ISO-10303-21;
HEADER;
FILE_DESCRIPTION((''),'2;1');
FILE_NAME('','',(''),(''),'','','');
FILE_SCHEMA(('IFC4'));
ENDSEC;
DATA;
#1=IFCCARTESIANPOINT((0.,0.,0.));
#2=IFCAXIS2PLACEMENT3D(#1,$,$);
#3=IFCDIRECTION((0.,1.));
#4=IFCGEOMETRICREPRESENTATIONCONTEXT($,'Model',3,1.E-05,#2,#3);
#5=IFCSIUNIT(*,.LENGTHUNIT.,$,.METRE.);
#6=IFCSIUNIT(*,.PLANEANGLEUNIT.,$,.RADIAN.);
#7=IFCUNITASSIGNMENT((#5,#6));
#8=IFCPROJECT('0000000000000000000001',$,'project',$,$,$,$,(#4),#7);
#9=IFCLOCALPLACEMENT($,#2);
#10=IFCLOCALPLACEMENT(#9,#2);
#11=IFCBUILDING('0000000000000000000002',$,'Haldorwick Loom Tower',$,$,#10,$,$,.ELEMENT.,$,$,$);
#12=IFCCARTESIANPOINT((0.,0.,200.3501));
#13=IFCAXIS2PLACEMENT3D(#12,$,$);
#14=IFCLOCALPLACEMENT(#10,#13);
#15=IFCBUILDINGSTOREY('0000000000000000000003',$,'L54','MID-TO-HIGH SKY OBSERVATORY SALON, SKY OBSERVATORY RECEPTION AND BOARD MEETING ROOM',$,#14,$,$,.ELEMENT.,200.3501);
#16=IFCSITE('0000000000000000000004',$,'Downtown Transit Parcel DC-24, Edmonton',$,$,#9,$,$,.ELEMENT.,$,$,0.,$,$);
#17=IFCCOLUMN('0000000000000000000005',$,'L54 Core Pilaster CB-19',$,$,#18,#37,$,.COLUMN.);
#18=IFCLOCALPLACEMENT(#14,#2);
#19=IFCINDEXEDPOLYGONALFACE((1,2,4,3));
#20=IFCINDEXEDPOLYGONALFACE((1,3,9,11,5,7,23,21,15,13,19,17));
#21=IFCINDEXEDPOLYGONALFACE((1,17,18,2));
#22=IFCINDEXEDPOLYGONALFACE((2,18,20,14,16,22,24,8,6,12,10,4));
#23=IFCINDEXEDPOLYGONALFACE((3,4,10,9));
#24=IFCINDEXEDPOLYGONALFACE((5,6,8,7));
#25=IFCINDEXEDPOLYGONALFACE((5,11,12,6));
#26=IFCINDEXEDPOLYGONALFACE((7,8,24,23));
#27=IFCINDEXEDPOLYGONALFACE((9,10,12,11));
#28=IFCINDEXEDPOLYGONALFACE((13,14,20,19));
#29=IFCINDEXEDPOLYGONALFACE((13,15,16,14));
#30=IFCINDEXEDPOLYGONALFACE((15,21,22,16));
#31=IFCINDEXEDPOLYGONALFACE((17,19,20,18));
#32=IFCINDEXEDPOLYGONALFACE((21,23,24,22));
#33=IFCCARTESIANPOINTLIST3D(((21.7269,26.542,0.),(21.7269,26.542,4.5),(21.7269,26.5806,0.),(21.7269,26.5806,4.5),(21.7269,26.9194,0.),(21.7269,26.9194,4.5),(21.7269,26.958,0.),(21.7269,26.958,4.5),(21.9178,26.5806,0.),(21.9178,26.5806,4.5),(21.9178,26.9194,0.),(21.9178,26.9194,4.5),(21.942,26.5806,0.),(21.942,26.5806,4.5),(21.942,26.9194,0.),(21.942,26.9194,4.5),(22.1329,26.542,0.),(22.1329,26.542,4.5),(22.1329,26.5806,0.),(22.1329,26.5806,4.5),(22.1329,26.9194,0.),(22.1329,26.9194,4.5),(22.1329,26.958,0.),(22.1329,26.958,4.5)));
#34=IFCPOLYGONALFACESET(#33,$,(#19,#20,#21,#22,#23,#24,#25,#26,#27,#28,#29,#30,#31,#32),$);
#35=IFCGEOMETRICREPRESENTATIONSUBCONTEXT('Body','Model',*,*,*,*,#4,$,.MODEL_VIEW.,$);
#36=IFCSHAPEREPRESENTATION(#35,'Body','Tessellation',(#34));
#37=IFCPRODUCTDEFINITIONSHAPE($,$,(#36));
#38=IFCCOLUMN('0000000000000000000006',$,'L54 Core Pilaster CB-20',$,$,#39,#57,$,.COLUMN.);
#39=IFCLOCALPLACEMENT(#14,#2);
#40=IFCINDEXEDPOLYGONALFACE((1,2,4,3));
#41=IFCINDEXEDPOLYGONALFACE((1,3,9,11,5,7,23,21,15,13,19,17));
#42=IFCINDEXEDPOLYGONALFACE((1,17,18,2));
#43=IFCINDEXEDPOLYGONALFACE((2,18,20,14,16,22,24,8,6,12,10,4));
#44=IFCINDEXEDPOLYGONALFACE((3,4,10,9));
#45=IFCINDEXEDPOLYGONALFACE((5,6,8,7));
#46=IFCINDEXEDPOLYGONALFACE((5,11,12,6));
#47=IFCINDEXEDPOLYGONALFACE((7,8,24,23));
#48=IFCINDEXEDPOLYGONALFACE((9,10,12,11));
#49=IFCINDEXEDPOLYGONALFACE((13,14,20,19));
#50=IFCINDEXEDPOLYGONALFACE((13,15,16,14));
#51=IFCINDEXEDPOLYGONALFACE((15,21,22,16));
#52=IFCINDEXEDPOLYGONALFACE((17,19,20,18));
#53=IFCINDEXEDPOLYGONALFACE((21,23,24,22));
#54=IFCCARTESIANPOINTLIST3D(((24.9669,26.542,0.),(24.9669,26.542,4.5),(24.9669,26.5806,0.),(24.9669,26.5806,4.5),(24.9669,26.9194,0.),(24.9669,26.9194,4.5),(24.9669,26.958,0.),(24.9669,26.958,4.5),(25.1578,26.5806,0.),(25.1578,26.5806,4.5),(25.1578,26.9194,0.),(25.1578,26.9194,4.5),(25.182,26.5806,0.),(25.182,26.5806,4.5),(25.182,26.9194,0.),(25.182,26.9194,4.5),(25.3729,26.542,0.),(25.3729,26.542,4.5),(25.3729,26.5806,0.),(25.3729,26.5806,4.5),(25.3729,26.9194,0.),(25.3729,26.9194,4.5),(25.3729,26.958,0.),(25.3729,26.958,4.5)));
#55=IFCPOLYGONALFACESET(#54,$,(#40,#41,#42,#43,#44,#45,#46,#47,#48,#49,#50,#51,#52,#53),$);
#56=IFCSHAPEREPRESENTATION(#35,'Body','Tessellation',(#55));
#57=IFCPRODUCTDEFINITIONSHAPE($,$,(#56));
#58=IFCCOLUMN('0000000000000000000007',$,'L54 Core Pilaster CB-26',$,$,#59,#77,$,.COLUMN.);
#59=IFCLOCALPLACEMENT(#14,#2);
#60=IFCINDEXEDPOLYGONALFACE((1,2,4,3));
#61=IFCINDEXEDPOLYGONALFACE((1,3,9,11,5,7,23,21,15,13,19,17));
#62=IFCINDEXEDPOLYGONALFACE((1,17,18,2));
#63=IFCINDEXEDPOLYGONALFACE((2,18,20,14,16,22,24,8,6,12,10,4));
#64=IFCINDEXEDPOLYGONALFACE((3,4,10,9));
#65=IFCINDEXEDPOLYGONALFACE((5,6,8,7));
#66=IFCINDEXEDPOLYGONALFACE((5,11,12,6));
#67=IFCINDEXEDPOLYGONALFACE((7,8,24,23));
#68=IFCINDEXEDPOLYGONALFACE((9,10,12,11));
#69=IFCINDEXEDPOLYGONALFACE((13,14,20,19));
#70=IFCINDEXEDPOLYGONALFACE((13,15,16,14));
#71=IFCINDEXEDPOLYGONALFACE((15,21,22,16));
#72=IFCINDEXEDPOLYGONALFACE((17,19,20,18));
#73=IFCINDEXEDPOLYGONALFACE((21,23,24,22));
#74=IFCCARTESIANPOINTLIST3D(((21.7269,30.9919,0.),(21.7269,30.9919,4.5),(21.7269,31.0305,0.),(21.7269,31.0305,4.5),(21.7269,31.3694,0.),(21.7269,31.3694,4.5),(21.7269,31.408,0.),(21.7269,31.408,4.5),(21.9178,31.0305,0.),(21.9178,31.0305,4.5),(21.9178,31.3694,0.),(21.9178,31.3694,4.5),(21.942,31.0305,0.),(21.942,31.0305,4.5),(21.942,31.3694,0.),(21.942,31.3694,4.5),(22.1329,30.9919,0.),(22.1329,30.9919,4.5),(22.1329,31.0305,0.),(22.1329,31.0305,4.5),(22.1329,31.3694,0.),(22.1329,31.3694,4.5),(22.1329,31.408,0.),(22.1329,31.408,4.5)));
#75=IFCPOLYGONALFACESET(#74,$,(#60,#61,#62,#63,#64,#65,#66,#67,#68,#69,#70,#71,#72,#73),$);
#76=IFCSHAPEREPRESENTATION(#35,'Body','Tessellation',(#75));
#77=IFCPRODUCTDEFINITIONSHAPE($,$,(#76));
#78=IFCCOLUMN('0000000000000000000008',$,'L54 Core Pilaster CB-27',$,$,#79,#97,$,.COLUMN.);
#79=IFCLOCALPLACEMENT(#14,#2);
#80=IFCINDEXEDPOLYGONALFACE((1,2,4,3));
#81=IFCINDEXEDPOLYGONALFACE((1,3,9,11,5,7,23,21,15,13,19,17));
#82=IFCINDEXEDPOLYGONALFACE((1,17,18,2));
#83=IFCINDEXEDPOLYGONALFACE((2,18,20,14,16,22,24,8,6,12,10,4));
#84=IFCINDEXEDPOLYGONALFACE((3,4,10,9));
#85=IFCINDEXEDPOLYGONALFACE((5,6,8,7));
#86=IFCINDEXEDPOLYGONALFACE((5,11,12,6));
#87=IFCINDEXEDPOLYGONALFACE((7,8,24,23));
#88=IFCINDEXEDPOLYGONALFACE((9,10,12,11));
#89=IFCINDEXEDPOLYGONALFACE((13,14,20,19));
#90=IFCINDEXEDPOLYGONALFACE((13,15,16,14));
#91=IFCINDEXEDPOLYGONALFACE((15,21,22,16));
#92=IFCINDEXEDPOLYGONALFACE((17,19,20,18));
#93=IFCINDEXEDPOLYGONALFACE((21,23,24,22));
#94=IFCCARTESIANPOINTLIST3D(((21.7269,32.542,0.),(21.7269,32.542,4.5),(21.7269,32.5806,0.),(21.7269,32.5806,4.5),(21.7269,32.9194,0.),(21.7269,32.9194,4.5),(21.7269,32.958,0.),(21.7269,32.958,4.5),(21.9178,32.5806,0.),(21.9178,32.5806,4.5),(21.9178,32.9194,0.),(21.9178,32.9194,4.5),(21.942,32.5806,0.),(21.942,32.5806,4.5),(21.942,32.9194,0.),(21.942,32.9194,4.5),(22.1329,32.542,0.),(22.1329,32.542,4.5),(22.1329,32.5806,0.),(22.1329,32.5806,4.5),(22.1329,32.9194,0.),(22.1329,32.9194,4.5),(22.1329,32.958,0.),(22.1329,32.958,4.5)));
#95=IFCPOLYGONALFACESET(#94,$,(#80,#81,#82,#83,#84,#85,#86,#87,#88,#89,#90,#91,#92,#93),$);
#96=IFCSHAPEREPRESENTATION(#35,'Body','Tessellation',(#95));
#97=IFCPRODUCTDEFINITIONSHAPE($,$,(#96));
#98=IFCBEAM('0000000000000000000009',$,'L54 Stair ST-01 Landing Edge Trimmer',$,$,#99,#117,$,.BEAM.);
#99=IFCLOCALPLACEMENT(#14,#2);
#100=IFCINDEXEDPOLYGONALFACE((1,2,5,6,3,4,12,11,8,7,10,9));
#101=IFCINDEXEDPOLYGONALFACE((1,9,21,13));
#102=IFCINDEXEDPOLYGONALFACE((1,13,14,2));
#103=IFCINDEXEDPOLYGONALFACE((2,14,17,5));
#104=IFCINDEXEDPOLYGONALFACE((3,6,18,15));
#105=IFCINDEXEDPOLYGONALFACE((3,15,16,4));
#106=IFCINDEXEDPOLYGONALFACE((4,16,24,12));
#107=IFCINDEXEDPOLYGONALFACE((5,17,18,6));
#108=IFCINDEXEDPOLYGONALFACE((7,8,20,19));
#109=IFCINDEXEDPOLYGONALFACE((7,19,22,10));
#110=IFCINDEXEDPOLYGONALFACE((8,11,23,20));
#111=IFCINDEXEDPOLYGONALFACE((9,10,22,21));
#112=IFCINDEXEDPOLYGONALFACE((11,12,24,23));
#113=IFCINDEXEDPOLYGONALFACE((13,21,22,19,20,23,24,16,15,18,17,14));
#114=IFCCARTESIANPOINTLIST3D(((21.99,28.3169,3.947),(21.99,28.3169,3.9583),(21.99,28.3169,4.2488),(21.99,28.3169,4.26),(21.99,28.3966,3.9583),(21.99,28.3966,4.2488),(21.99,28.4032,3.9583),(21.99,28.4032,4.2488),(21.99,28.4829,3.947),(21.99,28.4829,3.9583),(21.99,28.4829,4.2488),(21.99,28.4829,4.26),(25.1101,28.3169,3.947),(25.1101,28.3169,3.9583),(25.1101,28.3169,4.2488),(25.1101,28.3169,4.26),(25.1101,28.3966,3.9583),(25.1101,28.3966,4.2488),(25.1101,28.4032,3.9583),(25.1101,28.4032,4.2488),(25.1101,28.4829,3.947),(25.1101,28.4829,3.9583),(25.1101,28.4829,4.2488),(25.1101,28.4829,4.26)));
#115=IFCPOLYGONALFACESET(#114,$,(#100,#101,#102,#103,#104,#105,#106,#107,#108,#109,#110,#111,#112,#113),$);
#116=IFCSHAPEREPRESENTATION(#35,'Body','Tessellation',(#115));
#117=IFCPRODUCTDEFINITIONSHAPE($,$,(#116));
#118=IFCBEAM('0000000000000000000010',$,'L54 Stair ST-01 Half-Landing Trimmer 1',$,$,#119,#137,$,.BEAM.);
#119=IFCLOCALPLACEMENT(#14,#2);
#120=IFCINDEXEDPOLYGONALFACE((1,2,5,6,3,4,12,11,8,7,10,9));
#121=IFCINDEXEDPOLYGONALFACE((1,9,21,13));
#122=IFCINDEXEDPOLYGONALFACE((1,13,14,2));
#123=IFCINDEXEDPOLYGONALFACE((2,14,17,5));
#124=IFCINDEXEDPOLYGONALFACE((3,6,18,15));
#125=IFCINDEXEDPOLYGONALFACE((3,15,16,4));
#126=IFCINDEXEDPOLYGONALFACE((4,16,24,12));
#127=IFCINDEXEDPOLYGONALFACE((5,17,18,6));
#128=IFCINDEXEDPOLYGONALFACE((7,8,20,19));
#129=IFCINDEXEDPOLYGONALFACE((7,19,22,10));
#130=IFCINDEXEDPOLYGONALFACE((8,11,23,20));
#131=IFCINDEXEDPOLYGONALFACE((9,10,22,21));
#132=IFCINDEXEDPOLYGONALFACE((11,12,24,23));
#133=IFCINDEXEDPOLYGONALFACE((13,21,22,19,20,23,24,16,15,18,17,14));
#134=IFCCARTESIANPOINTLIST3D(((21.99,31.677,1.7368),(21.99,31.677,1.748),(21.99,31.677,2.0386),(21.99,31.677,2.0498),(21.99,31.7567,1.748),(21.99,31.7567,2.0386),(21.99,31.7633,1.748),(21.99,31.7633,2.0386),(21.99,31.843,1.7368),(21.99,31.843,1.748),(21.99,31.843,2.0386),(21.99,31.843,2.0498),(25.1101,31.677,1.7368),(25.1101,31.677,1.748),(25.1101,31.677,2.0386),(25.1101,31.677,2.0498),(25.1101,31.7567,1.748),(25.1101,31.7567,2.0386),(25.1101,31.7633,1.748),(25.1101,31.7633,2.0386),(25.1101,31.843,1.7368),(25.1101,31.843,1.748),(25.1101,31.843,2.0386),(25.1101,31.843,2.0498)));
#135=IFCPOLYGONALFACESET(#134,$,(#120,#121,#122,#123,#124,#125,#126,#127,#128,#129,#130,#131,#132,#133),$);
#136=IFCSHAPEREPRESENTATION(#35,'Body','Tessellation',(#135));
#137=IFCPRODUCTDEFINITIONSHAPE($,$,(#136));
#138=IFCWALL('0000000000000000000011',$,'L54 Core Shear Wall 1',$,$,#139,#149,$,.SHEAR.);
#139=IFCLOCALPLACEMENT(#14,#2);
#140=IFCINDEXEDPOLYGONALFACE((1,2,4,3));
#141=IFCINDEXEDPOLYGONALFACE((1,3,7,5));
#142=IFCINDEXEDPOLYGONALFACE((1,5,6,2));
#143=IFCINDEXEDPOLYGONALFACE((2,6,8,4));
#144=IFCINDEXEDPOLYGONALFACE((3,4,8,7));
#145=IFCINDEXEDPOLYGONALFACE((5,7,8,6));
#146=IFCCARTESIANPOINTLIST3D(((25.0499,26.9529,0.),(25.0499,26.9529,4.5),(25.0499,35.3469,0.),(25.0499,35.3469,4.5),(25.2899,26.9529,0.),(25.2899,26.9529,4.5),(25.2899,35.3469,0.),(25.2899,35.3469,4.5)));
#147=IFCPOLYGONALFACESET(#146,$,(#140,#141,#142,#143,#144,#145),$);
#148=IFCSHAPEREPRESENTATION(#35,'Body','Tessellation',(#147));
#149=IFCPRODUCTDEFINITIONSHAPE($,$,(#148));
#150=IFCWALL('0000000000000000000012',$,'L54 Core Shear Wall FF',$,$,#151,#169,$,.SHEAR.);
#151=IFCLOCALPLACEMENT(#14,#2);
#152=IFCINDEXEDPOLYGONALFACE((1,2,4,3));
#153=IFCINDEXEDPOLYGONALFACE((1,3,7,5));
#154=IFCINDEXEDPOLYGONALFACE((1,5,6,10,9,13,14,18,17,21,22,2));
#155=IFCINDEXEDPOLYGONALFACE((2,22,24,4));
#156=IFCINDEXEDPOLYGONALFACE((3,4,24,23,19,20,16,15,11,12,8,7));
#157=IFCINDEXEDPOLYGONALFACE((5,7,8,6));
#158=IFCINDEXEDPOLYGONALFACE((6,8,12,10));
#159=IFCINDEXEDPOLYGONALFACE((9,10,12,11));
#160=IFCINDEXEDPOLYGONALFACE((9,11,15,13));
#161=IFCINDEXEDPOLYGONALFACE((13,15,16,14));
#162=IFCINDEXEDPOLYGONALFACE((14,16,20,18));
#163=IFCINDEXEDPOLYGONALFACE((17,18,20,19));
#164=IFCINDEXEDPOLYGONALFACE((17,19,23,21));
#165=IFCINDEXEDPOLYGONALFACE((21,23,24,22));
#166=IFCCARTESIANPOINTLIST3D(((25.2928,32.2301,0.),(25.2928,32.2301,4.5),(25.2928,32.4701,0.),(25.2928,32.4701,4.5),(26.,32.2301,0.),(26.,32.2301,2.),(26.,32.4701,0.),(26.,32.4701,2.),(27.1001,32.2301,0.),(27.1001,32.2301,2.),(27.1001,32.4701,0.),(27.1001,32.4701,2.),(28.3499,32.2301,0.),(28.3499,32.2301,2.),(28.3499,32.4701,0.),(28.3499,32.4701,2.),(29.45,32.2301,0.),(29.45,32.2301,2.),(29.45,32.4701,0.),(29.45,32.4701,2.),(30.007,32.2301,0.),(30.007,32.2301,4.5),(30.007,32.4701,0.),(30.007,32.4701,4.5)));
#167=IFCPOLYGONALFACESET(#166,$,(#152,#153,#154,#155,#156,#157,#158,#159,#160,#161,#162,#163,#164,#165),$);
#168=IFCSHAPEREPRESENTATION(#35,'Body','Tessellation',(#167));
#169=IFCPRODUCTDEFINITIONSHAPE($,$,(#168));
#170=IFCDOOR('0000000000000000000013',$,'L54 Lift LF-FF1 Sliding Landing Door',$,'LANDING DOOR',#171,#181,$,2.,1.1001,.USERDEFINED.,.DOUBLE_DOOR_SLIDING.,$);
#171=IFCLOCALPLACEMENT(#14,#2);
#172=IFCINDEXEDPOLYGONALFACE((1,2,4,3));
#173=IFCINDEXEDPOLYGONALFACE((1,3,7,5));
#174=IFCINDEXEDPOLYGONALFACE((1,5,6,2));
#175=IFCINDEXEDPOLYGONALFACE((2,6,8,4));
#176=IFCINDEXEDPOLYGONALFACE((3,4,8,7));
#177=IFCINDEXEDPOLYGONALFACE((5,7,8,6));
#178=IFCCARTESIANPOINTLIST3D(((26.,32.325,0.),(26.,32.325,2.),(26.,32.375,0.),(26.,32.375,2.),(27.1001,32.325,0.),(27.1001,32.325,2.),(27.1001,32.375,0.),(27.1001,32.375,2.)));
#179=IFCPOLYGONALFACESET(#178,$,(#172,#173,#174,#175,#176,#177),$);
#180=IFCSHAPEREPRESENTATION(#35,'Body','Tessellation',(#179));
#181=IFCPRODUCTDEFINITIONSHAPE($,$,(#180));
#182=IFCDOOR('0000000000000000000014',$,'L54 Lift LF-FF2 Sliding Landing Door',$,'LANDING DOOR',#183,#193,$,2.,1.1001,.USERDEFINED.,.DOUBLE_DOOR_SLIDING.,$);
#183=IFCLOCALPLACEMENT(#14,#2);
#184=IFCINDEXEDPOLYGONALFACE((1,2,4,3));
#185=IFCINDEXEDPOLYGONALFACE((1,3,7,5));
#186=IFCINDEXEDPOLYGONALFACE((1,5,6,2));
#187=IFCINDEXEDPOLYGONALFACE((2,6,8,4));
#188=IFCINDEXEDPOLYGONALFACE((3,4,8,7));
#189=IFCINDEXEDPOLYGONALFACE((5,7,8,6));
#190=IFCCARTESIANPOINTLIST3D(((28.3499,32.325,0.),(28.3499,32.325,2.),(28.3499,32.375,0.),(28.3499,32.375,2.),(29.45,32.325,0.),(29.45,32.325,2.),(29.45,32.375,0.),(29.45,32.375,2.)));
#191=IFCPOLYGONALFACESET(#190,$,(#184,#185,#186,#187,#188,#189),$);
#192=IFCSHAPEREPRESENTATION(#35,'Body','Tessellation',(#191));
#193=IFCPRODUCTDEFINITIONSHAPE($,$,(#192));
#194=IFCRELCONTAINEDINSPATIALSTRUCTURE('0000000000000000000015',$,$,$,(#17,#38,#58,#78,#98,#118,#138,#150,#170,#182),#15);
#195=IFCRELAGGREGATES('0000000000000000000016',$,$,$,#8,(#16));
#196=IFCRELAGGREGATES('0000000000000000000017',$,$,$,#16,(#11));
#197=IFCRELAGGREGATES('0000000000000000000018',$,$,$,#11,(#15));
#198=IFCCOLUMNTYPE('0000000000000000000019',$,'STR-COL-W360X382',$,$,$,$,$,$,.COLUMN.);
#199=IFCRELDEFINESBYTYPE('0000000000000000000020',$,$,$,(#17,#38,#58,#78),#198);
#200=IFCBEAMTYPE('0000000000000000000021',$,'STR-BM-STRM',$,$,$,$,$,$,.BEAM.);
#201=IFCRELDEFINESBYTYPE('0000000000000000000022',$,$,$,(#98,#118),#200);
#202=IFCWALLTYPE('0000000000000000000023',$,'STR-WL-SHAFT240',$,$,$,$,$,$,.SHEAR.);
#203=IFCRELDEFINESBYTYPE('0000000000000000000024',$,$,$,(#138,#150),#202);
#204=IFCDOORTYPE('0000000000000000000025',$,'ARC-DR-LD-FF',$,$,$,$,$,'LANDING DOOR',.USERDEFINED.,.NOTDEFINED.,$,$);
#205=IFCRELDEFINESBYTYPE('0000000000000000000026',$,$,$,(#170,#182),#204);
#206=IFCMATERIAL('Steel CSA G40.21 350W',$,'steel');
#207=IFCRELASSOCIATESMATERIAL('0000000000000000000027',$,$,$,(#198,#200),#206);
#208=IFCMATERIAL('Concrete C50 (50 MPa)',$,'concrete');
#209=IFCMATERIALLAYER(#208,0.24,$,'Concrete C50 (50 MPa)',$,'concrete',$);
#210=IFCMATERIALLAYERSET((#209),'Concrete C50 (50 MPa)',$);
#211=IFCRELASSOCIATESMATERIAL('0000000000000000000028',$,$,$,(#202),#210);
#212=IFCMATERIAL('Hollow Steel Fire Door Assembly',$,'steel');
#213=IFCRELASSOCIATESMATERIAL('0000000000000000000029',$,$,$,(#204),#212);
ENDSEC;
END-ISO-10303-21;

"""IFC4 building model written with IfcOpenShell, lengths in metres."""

from ifc_helpers import new_model, si_unit, direction, frame, frame_2d, origin, origin_2d, place, context, subcontext, project, spatial, rectangle, i_section, extrude, material, layer, layer_set, material_profile, profile_set, type_object, element, fill, save


model = new_model("IFC4")

# Units and contexts
model_context = context("Model", 3, precision=1e-05, world=origin(), true_north=direction((0.0, 1.0)))
body_context = subcontext(model_context, "Body", "Model", "MODEL_VIEW")
ifc_project = project(units=[si_unit("LENGTHUNIT", "METRE"), si_unit("PLANEANGLEUNIT", "RADIAN")], contexts=[model_context])

# Site, building, storey
site_placement = place(None, origin())
site = spatial("IfcSite", under=ifc_project, at=site_placement, Name="Downtown Transit Parcel DC-24, Edmonton", CompositionType="ELEMENT", RefElevation=0.0)
building_placement = place(site_placement, origin())
building = spatial("IfcBuilding", under=site, at=building_placement, Name="Haldorwick Loom Tower", CompositionType="ELEMENT")
storey_placement = place(building_placement, frame((0.0, 0.0, 200.3501)))
storey = spatial("IfcBuildingStorey", under=building, at=storey_placement, Name="L54", Description="MID-TO-HIGH SKY OBSERVATORY SALON, SKY OBSERVATORY RECEPTION AND BOARD MEETING ROOM", CompositionType="ELEMENT", Elevation=200.3501)

# Columns
ifc_material_1 = material(Name="Steel CSA G40.21 350W", Category="steel")
ifc_material_profile_1 = material_profile(ifc_material_1, i_section(OverallWidth=0.406, OverallDepth=0.416, WebThickness=0.0242, FlangeThickness=0.0386, at=origin_2d()), Name="W360X382", Category="steel")
ifc_profile_set_1 = profile_set([ifc_material_profile_1], Name="Steel CSA G40.21 350W")
column_type = type_object("IfcColumnType", Name="STR-COL-W360X382", PredefinedType="COLUMN", material=ifc_profile_set_1)
for number, where, z_axis, x_axis, name in (
    (1, (21.9299, 26.75, 0.0), (0.0, 0.0, 1.0), (1.0, 0.0, 0.0), "L54 Core Pilaster CB-19"),
    (2, (25.1699, 26.75, 0.0), (0.0, 0.0, 1.0), (1.0, 0.0, 0.0), "L54 Core Pilaster CB-20"),
    (3, (21.9299, 31.2, 0.0), (0.0, 0.0, 1.0), (1.0, 0.0, 0.0), "L54 Core Pilaster CB-26"),
    (4, (21.9299, 32.75, 0.0), (0.0, 0.0, 1.0), (1.0, 0.0, 0.0), "L54 Core Pilaster CB-27"),
):
    element("IfcColumn", number, at=place(storey_placement, frame(where, z_axis=z_axis, x_axis=x_axis)), inside=storey, type_object=column_type, Name=name, PredefinedType="COLUMN", context=body_context, shape_type="SweptSolid", body=[
        extrude(i_section(OverallWidth=0.406, OverallDepth=0.416, WebThickness=0.0242, FlangeThickness=0.0386, at=origin_2d()), origin(), (0.0, 0.0, 1.0), 4.5),
    ])

# Beams
ifc_material_profile_2 = material_profile(ifc_material_1, i_section(OverallWidth=0.166, OverallDepth=0.313, WebThickness=0.0066, FlangeThickness=0.0112, at=origin_2d()), Name="W310X45", Category="steel")
ifc_profile_set_2 = profile_set([ifc_material_profile_2], Name="Steel CSA G40.21 350W")
beam_type = type_object("IfcBeamType", Name="STR-BM-STRM", PredefinedType="BEAM", material=ifc_profile_set_2)
for number, where, z_axis, x_axis, name in (
    (5, (21.99, 28.3999, 4.1035), (1.0, 0.0, 0.0), (0.0, 1.0, 0.0), "L54 Stair ST-01 Landing Edge Trimmer"),
    (6, (21.99, 31.76, 1.8933), (1.0, 0.0, 0.0), (0.0, 1.0, 0.0), "L54 Stair ST-01 Half-Landing Trimmer 1"),
):
    element("IfcBeam", number, at=place(storey_placement, frame(where, z_axis=z_axis, x_axis=x_axis)), inside=storey, type_object=beam_type, Name=name, PredefinedType="BEAM", context=body_context, shape_type="SweptSolid", body=[
        extrude(i_section(OverallWidth=0.166, OverallDepth=0.313, WebThickness=0.0066, FlangeThickness=0.0112, at=origin_2d()), origin(), (0.0, 0.0, 1.0), 3.1201),
    ])

# Wall
ifc_material_2 = material(Name="Concrete C50 (50 MPa)", Category="concrete")
ifc_layer = layer(ifc_material_2, 0.24, Name="Concrete C50 (50 MPa)", Category="concrete")
ifc_layer_set = layer_set([ifc_layer], Name="Concrete C50 (50 MPa)")
wall_type = type_object("IfcWallType", Name="STR-WL-SHAFT240", PredefinedType="SHEAR", material=ifc_layer_set)
wall_1_placement = place(storey_placement, frame((25.1699, 26.9529, 0.0), z_axis=(0.0, 0.0, 1.0), x_axis=(0.0, 1.0, 0.0)))
element("IfcWall", 7, at=wall_1_placement, inside=storey, type_object=wall_type, Name="L54 Core Shear Wall 1", PredefinedType="SHEAR", context=body_context, shape_type="SweptSolid", body=[
    extrude(rectangle(XDim=8.394, YDim=0.24, at=frame_2d((4.197, 0.0))), origin(), (0.0, 0.0, 1.0), 4.5),
])

# Wall, openings, doors
wall_2_placement = place(storey_placement, frame((25.293, 32.3501, 0.0), z_axis=(0.0, 0.0, 1.0), x_axis=(1.0, 0.0, 0.0)))
wall_2 = element("IfcWall", 8, at=wall_2_placement, inside=storey, type_object=wall_type, Name="L54 Core Shear Wall FF", PredefinedType="SHEAR", context=body_context, shape_type="SweptSolid", body=[
    extrude(rectangle(XDim=4.7141, YDim=0.24, at=frame_2d((2.3569, 0.0))), origin(), (0.0, 0.0, 1.0), 4.5),
])
opening_1_placement = place(wall_2_placement, frame((0.707, 0.0, 0.0)))
opening_1 = element("IfcOpeningElement", 9, at=opening_1_placement, cuts=wall_2, PredefinedType="OPENING", context=body_context, shape_type="SweptSolid", body=[
    extrude(rectangle(XDim=1.1001, YDim=2.0, at=frame_2d((0.55, 1.0))), frame((0.0, 0.1299, 0.0), z_axis=(0.0, -1.0, 0.0), x_axis=(1.0, 0.0, 0.0)), (0.0, 0.0, 1.0), 0.26),
])
opening_2_placement = place(wall_2_placement, frame((3.0569, 0.0, 0.0)))
opening_2 = element("IfcOpeningElement", 10, at=opening_2_placement, cuts=wall_2, PredefinedType="OPENING", context=body_context, shape_type="SweptSolid", body=[
    extrude(rectangle(XDim=1.1001, YDim=2.0, at=frame_2d((0.55, 1.0))), frame((0.0, 0.1299, 0.0), z_axis=(0.0, -1.0, 0.0), x_axis=(1.0, 0.0, 0.0)), (0.0, 0.0, 1.0), 0.26),
])
ifc_material_3 = material(Name="Hollow Steel Fire Door Assembly", Category="steel")
door_type = type_object("IfcDoorType", Name="ARC-DR-LD-FF", ElementType="LANDING DOOR", OperationType="NOTDEFINED", PredefinedType="USERDEFINED", material=ifc_material_3)
door_1_placement = place(opening_1_placement, origin())
door_1 = element("IfcDoor", 11, at=door_1_placement, inside=storey, type_object=door_type, Name="L54 Lift LF-FF1 Sliding Landing Door", ObjectType="LANDING DOOR", OperationType="DOUBLE_DOOR_SLIDING", OverallHeight=2.0, OverallWidth=1.1001, PredefinedType="USERDEFINED", context=body_context, shape_type="SweptSolid", body=[
    extrude(rectangle(XDim=1.1001, YDim=2.0, at=frame_2d((0.55, 1.0))), frame((0.0, 0.0249, 0.0), z_axis=(0.0, -1.0, 0.0), x_axis=(1.0, 0.0, 0.0)), (0.0, 0.0, 1.0), 0.05),
])
fill(opening_1, door_1)
door_2_placement = place(opening_2_placement, origin())
door_2 = element("IfcDoor", 12, at=door_2_placement, inside=storey, type_object=door_type, Name="L54 Lift LF-FF2 Sliding Landing Door", ObjectType="LANDING DOOR", OperationType="DOUBLE_DOOR_SLIDING", OverallHeight=2.0, OverallWidth=1.1001, PredefinedType="USERDEFINED", context=body_context, shape_type="SweptSolid", body=[
    extrude(rectangle(XDim=1.1001, YDim=2.0, at=frame_2d((0.55, 1.0))), frame((0.0, 0.0249, 0.0), z_axis=(0.0, -1.0, 0.0), x_axis=(1.0, 0.0, 0.0)), (0.0, 0.0, 1.0), 0.05),
])
fill(opening_2, door_2)

save(model, "model.ifc")
